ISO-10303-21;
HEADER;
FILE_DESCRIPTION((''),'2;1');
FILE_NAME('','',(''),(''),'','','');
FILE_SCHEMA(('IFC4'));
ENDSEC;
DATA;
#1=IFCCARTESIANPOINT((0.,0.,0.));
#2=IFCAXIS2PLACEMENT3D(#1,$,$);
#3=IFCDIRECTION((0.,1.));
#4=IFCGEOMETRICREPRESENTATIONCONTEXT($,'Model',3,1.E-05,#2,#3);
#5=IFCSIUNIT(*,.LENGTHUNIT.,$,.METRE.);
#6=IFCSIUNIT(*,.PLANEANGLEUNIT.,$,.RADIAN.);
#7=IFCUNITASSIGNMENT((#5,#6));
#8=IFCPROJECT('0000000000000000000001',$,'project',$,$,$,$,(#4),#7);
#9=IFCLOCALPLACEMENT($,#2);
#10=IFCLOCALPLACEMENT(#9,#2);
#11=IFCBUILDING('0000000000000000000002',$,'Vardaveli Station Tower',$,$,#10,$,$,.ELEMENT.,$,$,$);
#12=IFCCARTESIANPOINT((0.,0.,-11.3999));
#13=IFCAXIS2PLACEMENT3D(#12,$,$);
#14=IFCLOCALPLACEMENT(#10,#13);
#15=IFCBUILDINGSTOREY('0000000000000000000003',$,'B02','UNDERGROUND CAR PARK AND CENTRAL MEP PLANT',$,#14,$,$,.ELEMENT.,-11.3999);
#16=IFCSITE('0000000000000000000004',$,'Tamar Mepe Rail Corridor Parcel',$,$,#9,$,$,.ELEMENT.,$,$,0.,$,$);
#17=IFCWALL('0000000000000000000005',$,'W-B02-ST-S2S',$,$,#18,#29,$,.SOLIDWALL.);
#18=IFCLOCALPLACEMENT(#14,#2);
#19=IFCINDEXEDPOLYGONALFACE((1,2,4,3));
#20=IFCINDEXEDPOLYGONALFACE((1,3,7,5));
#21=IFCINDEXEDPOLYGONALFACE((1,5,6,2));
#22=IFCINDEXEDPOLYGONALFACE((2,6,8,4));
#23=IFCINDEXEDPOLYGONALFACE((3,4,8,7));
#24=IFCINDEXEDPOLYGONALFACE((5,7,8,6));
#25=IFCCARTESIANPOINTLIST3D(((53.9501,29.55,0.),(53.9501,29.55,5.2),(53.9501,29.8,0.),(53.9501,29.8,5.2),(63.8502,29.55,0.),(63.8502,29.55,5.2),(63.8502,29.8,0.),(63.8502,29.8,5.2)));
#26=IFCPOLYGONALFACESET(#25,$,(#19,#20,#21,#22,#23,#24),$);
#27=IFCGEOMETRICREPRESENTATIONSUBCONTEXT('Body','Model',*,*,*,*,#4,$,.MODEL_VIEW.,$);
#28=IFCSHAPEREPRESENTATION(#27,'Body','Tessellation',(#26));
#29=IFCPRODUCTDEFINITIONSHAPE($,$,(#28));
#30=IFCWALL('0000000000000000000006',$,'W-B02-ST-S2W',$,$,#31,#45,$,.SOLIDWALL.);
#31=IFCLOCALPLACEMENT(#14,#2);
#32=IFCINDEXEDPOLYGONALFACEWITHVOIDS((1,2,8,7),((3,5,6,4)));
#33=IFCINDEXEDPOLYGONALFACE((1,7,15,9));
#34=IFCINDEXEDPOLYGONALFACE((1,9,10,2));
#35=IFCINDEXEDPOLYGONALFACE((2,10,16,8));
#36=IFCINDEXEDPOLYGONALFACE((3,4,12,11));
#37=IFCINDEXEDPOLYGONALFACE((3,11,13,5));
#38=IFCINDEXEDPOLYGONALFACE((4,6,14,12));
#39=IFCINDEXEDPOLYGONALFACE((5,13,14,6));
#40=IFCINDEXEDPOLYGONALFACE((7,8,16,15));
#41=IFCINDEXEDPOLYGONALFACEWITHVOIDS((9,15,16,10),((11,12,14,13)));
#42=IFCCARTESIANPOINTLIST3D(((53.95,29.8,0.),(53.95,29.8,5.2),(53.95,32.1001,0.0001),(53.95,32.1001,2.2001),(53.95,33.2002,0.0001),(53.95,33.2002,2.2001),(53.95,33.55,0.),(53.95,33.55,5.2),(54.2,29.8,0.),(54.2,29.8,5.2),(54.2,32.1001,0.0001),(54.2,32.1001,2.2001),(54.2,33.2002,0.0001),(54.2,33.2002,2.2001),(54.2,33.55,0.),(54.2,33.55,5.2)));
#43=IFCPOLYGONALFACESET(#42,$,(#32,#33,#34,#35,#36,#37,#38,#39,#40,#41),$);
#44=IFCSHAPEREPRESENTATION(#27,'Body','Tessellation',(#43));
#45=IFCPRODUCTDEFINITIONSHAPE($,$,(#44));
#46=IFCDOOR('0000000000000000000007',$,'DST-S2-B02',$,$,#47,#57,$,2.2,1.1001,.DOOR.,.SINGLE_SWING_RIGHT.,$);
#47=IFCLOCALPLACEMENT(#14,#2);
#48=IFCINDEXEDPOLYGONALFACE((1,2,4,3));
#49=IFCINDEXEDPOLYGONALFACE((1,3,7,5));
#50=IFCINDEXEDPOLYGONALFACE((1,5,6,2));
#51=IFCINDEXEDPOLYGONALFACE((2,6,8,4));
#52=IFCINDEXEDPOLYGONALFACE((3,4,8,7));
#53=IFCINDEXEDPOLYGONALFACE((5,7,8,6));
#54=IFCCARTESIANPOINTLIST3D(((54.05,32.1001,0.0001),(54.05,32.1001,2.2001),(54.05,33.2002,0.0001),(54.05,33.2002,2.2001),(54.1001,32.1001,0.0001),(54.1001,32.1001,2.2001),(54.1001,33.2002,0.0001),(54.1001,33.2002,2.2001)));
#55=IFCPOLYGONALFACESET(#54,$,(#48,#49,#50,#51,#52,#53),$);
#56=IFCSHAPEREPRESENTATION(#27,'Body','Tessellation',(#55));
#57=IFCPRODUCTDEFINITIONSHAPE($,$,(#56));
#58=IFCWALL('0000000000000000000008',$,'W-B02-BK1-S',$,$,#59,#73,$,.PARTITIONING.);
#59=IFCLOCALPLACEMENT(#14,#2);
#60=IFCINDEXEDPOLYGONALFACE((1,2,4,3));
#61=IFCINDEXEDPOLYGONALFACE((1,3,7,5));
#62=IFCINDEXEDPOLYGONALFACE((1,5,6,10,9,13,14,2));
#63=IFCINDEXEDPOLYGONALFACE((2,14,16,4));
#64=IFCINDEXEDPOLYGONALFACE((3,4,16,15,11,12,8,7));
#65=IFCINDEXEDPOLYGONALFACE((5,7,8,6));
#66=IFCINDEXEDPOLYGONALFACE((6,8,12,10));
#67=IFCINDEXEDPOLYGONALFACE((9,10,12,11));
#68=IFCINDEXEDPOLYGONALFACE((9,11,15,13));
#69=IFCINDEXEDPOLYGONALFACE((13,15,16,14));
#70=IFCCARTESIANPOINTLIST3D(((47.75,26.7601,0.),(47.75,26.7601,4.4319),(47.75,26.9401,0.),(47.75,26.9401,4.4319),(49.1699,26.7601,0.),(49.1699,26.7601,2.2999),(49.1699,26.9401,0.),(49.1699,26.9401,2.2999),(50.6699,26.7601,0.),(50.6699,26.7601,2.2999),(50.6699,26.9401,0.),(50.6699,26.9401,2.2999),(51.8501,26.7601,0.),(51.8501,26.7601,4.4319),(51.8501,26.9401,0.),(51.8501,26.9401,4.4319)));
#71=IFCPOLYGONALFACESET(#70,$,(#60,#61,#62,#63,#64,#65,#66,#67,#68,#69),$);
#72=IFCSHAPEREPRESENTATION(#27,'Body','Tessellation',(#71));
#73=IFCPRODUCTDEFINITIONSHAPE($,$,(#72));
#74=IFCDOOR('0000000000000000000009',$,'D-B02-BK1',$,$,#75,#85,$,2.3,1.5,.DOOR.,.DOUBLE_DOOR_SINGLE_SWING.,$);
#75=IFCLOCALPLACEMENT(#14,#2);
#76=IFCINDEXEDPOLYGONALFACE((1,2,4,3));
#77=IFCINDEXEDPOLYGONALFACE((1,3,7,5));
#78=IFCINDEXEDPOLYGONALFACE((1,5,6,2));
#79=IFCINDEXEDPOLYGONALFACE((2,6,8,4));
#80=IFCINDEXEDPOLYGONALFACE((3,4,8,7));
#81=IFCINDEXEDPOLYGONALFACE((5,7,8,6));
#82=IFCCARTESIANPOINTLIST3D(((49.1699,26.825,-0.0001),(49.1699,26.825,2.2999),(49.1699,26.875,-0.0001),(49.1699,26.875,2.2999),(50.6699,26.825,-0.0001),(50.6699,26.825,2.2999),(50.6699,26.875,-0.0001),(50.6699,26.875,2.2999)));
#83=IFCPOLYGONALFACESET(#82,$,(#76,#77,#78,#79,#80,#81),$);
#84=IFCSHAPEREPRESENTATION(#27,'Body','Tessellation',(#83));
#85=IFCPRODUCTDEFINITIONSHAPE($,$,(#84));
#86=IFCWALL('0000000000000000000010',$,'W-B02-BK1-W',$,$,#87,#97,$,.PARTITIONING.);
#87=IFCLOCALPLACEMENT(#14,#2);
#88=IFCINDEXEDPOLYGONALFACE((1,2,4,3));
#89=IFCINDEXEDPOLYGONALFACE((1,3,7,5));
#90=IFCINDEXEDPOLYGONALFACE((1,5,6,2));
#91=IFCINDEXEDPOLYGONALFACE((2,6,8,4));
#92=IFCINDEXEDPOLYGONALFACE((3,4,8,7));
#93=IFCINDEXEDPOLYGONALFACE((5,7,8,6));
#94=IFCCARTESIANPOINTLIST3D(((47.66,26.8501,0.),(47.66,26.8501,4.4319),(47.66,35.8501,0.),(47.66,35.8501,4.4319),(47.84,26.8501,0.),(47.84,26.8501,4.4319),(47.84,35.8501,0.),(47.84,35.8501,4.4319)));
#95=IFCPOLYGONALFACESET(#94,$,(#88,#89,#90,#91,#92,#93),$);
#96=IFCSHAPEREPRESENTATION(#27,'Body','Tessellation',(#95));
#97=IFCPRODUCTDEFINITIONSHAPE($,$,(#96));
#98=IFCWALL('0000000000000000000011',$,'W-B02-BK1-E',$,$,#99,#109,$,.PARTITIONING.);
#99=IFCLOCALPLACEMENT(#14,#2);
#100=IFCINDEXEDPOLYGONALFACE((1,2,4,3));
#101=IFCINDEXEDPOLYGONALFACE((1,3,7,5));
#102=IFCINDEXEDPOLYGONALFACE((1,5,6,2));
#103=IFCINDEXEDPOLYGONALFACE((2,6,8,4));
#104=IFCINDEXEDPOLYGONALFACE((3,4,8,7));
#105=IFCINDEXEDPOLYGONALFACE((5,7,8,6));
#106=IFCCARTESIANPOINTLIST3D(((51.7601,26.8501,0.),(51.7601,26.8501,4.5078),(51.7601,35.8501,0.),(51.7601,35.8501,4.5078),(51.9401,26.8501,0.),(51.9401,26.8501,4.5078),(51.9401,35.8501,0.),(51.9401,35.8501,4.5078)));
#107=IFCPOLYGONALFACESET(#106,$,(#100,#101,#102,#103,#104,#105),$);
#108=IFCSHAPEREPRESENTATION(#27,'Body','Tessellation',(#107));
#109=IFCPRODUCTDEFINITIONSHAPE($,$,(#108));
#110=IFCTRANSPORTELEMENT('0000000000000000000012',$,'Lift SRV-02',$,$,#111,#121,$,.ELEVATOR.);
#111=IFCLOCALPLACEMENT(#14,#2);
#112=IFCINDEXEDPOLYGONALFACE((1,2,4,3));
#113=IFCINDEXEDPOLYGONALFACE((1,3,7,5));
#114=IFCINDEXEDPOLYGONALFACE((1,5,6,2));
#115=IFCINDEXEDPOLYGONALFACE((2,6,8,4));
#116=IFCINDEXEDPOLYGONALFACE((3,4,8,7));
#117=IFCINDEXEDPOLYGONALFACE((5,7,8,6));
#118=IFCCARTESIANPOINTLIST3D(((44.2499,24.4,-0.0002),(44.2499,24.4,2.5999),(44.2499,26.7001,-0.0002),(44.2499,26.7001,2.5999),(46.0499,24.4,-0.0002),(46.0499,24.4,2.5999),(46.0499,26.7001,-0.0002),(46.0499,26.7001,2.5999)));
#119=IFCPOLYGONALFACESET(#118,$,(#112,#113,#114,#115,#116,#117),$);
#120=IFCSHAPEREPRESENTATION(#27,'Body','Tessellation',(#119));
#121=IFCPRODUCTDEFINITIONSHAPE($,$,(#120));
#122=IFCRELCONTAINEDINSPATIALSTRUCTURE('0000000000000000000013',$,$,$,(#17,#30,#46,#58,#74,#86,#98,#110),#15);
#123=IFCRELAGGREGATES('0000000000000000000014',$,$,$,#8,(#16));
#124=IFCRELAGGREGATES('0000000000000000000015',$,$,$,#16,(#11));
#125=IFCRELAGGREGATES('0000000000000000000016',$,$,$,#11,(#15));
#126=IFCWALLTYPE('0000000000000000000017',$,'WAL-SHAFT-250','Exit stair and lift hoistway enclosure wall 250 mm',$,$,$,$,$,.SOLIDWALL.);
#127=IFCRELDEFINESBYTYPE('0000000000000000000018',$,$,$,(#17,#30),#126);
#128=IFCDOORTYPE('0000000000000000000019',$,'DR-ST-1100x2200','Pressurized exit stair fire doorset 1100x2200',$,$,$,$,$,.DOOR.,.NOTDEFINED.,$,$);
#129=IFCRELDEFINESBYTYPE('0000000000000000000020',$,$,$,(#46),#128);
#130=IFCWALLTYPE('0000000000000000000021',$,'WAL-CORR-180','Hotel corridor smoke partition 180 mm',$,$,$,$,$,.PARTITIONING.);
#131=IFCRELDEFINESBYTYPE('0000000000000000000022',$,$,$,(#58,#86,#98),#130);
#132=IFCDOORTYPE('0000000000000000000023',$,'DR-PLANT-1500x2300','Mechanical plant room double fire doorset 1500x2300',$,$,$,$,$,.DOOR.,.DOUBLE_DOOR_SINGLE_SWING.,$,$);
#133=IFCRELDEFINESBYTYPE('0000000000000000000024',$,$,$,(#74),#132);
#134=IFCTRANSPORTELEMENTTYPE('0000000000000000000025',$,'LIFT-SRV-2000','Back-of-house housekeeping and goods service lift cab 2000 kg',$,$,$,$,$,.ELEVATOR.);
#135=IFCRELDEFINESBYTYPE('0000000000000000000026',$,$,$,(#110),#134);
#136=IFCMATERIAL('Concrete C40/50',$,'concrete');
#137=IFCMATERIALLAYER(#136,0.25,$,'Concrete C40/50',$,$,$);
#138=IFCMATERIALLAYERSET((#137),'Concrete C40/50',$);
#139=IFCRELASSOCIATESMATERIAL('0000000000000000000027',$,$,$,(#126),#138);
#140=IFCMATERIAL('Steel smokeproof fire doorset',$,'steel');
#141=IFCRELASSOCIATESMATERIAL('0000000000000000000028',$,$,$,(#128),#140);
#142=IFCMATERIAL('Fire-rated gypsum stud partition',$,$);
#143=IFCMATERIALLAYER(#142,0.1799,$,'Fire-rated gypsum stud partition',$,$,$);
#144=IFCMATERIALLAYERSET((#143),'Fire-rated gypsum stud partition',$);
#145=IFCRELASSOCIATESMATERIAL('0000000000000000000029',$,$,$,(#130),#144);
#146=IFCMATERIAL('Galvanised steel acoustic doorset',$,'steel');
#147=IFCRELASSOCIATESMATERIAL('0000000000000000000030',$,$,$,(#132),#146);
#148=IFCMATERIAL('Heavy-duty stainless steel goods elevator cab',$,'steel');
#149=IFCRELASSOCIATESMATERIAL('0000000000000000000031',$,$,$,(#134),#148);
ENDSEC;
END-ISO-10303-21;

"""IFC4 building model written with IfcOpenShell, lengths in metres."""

from ifc_helpers import new_model, si_unit, direction, frame, frame_2d, origin, origin_2d, place, context, subcontext, project, spatial, rectangle, extrude, source, transform, mapped, material, layer, layer_set, type_object, element, fill, save


model = new_model("IFC4")

# Units and contexts
model_context = context("Model", 3, precision=1e-05, world=origin(), true_north=direction((0.0, 1.0)))
body_context = subcontext(model_context, "Body", "Model", "MODEL_VIEW")
ifc_project = project(units=[si_unit("LENGTHUNIT", "METRE"), si_unit("PLANEANGLEUNIT", "RADIAN")], contexts=[model_context])

# Site, building, storey
site_placement = place(None, origin())
site = spatial("IfcSite", under=ifc_project, at=site_placement, Name="Tamar Mepe Rail Corridor Parcel", CompositionType="ELEMENT", RefElevation=0.0)
building_placement = place(site_placement, origin())
building = spatial("IfcBuilding", under=site, at=building_placement, Name="Vardaveli Station Tower", CompositionType="ELEMENT")
storey_placement = place(building_placement, frame((0.0, 0.0, -11.3999)))
storey = spatial("IfcBuildingStorey", under=building, at=storey_placement, Name="B02", Description="UNDERGROUND CAR PARK AND CENTRAL MEP PLANT", CompositionType="ELEMENT", Elevation=-11.3999)

# Shared definitions
ifc_material_1 = material(Name="Concrete C40/50", Category="concrete")

# Shared definitions
ifc_layer_1 = layer(ifc_material_1, 0.25, Name="Concrete C40/50")
ifc_layer_set_1 = layer_set([ifc_layer_1], Name="Concrete C40/50")
wall_type_1 = type_object("IfcWallType", Name="WAL-SHAFT-250", Description="Exit stair and lift hoistway enclosure wall 250 mm", PredefinedType="SOLIDWALL", material=ifc_layer_set_1)

# Shared definitions
shared_shape_1 = source(origin(), body_context, "Body", "SweptSolid", [
    extrude(rectangle(XDim=1.1001, YDim=2.2, at=frame_2d((0.55, 1.1001))), frame((0.0, 0.135, 0.0), z_axis=(0.0, -1.0, 0.0), x_axis=(1.0, 0.0, 0.0)), (0.0, 0.0, 1.0), 0.27),
])
ifc_material_2 = material(Name="Steel smokeproof fire doorset", Category="steel")
door_type_1 = type_object("IfcDoorType", Name="DR-ST-1100x2200", Description="Pressurized exit stair fire doorset 1100x2200", OperationType="NOTDEFINED", PredefinedType="DOOR", material=ifc_material_2)
shared_shape_2 = source(origin(), body_context, "Body", "SweptSolid", [
    extrude(rectangle(XDim=1.1001, YDim=2.2, at=frame_2d((0.55, 1.1001))), frame((0.0, 0.0249, 0.0), z_axis=(0.0, -1.0, 0.0), x_axis=(1.0, 0.0, 0.0)), (0.0, 0.0, 1.0), 0.05),
])

# Wall
shared_shape_3 = source(origin(), body_context, "Body", "SweptSolid", [
    extrude(rectangle(XDim=9.9001, YDim=0.25, at=frame_2d((4.9502, 0.0))), origin(), (0.0, 0.0, 1.0), 5.2),
])
wall_1_placement = place(storey_placement, frame((53.95, 29.675, 0.0), z_axis=(0.0, 0.0, 1.0), x_axis=(1.0, 0.0, 0.0)))
element("IfcWall", 1, at=wall_1_placement, inside=storey, type_object=wall_type_1, Name="W-B02-ST-S2S", PredefinedType="SOLIDWALL", context=body_context, shape_type="MappedRepresentation", body=[
    mapped(shared_shape_3, transform((0.0, 0.0, 0.0), scale=1.0)),
])

# Walls, openings, doors
shared_shape_4 = source(origin(), body_context, "Body", "SweptSolid", [
    extrude(rectangle(XDim=3.75, YDim=0.25, at=frame_2d((1.875, 0.0))), origin(), (0.0, 0.0, 1.0), 5.2),
])
wall_2_placement = place(storey_placement, frame((54.075, 29.8, 0.0), z_axis=(0.0, 0.0, 1.0), x_axis=(0.0, 1.0, 0.0)))
wall_2 = element("IfcWall", 2, at=wall_2_placement, inside=storey, type_object=wall_type_1, Name="W-B02-ST-S2W", PredefinedType="SOLIDWALL", context=body_context, shape_type="MappedRepresentation", body=[
    mapped(shared_shape_4, transform((0.0, 0.0, 0.0), scale=1.0)),
])
opening_1_placement = place(wall_2_placement, frame((2.3, 0.0, 0.0)))
opening_1 = element("IfcOpeningElement", 3, at=opening_1_placement, cuts=wall_2, PredefinedType="OPENING", context=body_context, shape_type="MappedRepresentation", body=[
    mapped(shared_shape_1, transform((0.0, 0.0, 0.0), scale=1.0)),
])
door_1_placement = place(opening_1_placement, origin())
door_1 = element("IfcDoor", 4, at=door_1_placement, inside=storey, type_object=door_type_1, Name="DST-S2-B02", OperationType="SINGLE_SWING_RIGHT", OverallHeight=2.2, OverallWidth=1.1001, PredefinedType="DOOR", context=body_context, shape_type="MappedRepresentation", body=[
    mapped(shared_shape_2, transform((0.0, 0.0, 0.0), scale=1.0)),
])
fill(opening_1, door_1)
ifc_material_3 = material(Name="Fire-rated gypsum stud partition")
ifc_layer_2 = layer(ifc_material_3, 0.1799, Name="Fire-rated gypsum stud partition")
ifc_layer_set_2 = layer_set([ifc_layer_2], Name="Fire-rated gypsum stud partition")
wall_type_2 = type_object("IfcWallType", Name="WAL-CORR-180", Description="Hotel corridor smoke partition 180 mm", PredefinedType="PARTITIONING", material=ifc_layer_set_2)
shared_shape_5 = source(origin(), body_context, "Body", "SweptSolid", [
    extrude(rectangle(XDim=4.1001, YDim=0.1799, at=frame_2d((2.05, 0.0))), origin(), (0.0, 0.0, 1.0), 4.4319),
])
wall_3_placement = place(storey_placement, frame((47.75, 26.8501, 0.0), z_axis=(0.0, 0.0, 1.0), x_axis=(1.0, 0.0, 0.0)))
wall_3 = element("IfcWall", 5, at=wall_3_placement, inside=storey, type_object=wall_type_2, Name="W-B02-BK1-S", PredefinedType="PARTITIONING", context=body_context, shape_type="MappedRepresentation", body=[
    mapped(shared_shape_5, transform((0.0, 0.0, 0.0), scale=1.0)),
])
shared_shape_6 = source(origin(), body_context, "Body", "SweptSolid", [
    extrude(rectangle(XDim=1.5, YDim=2.3, at=frame_2d((0.75, 1.1499))), frame((0.0, 0.1001, 0.0), z_axis=(0.0, -1.0, 0.0), x_axis=(1.0, 0.0, 0.0)), (0.0, 0.0, 1.0), 0.2),
])
opening_2_placement = place(wall_3_placement, frame((1.4199, 0.0, 0.0)))
opening_2 = element("IfcOpeningElement", 6, at=opening_2_placement, cuts=wall_3, PredefinedType="OPENING", context=body_context, shape_type="MappedRepresentation", body=[
    mapped(shared_shape_6, transform((0.0, 0.0, 0.0), scale=1.0)),
])
ifc_material_4 = material(Name="Galvanised steel acoustic doorset", Category="steel")
door_type_2 = type_object("IfcDoorType", Name="DR-PLANT-1500x2300", Description="Mechanical plant room double fire doorset 1500x2300", OperationType="DOUBLE_DOOR_SINGLE_SWING", PredefinedType="DOOR", material=ifc_material_4)
shared_shape_7 = source(origin(), body_context, "Body", "SweptSolid", [
    extrude(rectangle(XDim=1.5, YDim=2.3, at=frame_2d((0.75, 1.1499))), frame((0.0, 0.0249, 0.0), z_axis=(0.0, -1.0, 0.0), x_axis=(1.0, 0.0, 0.0)), (0.0, 0.0, 1.0), 0.05),
])
door_2_placement = place(opening_2_placement, origin())
door_2 = element("IfcDoor", 7, at=door_2_placement, inside=storey, type_object=door_type_2, Name="D-B02-BK1", OperationType="DOUBLE_DOOR_SINGLE_SWING", OverallHeight=2.3, OverallWidth=1.5, PredefinedType="DOOR", context=body_context, shape_type="MappedRepresentation", body=[
    mapped(shared_shape_7, transform((0.0, 0.0, 0.0), scale=1.0)),
])
fill(opening_2, door_2)

# Walls
shared_shape_8 = source(origin(), body_context, "Body", "SweptSolid", [
    extrude(rectangle(XDim=9.0, YDim=0.1799, at=frame_2d((4.5, 0.0))), origin(), (0.0, 0.0, 1.0), 4.4319),
])
wall_4_placement = place(storey_placement, frame((47.75, 26.8501, 0.0), z_axis=(0.0, 0.0, 1.0), x_axis=(0.0, 1.0, 0.0)))
element("IfcWall", 8, at=wall_4_placement, inside=storey, type_object=wall_type_2, Name="W-B02-BK1-W", PredefinedType="PARTITIONING", context=body_context, shape_type="MappedRepresentation", body=[
    mapped(shared_shape_8, transform((0.0, 0.0, 0.0), scale=1.0)),
])
shared_shape_9 = source(origin(), body_context, "Body", "SweptSolid", [
    extrude(rectangle(XDim=9.0, YDim=0.1799, at=frame_2d((4.5, 0.0))), origin(), (0.0, 0.0, 1.0), 4.5078),
])
wall_5_placement = place(storey_placement, frame((51.8501, 26.8501, 0.0), z_axis=(0.0, 0.0, 1.0), x_axis=(0.0, 1.0, 0.0)))
element("IfcWall", 9, at=wall_5_placement, inside=storey, type_object=wall_type_2, Name="W-B02-BK1-E", PredefinedType="PARTITIONING", context=body_context, shape_type="MappedRepresentation", body=[
    mapped(shared_shape_9, transform((0.0, 0.0, 0.0), scale=1.0)),
])

# Transport element
ifc_material_5 = material(Name="Heavy-duty stainless steel goods elevator cab", Category="steel")
transport_element_type = type_object("IfcTransportElementType", Name="LIFT-SRV-2000", Description="Back-of-house housekeeping and goods service lift cab 2000 kg", PredefinedType="ELEVATOR", material=ifc_material_5)
shared_shape_10 = source(origin(), body_context, "Body", "SweptSolid", [
    extrude(rectangle(XDim=1.8, YDim=2.3, at=origin_2d()), origin(), (0.0, 0.0, 1.0), 2.6001),
])
transport_element_placement = place(storey_placement, frame((45.1499, 25.55, -0.0002), z_axis=(0.0, 0.0, 1.0), x_axis=(1.0, 0.0, 0.0)))
element("IfcTransportElement", 10, at=transport_element_placement, inside=storey, type_object=transport_element_type, Name="Lift SRV-02", PredefinedType="ELEVATOR", context=body_context, shape_type="MappedRepresentation", body=[
    mapped(shared_shape_10, transform((0.0, 0.0, 0.0), scale=1.0)),
])

save(model, "model.ifc")
